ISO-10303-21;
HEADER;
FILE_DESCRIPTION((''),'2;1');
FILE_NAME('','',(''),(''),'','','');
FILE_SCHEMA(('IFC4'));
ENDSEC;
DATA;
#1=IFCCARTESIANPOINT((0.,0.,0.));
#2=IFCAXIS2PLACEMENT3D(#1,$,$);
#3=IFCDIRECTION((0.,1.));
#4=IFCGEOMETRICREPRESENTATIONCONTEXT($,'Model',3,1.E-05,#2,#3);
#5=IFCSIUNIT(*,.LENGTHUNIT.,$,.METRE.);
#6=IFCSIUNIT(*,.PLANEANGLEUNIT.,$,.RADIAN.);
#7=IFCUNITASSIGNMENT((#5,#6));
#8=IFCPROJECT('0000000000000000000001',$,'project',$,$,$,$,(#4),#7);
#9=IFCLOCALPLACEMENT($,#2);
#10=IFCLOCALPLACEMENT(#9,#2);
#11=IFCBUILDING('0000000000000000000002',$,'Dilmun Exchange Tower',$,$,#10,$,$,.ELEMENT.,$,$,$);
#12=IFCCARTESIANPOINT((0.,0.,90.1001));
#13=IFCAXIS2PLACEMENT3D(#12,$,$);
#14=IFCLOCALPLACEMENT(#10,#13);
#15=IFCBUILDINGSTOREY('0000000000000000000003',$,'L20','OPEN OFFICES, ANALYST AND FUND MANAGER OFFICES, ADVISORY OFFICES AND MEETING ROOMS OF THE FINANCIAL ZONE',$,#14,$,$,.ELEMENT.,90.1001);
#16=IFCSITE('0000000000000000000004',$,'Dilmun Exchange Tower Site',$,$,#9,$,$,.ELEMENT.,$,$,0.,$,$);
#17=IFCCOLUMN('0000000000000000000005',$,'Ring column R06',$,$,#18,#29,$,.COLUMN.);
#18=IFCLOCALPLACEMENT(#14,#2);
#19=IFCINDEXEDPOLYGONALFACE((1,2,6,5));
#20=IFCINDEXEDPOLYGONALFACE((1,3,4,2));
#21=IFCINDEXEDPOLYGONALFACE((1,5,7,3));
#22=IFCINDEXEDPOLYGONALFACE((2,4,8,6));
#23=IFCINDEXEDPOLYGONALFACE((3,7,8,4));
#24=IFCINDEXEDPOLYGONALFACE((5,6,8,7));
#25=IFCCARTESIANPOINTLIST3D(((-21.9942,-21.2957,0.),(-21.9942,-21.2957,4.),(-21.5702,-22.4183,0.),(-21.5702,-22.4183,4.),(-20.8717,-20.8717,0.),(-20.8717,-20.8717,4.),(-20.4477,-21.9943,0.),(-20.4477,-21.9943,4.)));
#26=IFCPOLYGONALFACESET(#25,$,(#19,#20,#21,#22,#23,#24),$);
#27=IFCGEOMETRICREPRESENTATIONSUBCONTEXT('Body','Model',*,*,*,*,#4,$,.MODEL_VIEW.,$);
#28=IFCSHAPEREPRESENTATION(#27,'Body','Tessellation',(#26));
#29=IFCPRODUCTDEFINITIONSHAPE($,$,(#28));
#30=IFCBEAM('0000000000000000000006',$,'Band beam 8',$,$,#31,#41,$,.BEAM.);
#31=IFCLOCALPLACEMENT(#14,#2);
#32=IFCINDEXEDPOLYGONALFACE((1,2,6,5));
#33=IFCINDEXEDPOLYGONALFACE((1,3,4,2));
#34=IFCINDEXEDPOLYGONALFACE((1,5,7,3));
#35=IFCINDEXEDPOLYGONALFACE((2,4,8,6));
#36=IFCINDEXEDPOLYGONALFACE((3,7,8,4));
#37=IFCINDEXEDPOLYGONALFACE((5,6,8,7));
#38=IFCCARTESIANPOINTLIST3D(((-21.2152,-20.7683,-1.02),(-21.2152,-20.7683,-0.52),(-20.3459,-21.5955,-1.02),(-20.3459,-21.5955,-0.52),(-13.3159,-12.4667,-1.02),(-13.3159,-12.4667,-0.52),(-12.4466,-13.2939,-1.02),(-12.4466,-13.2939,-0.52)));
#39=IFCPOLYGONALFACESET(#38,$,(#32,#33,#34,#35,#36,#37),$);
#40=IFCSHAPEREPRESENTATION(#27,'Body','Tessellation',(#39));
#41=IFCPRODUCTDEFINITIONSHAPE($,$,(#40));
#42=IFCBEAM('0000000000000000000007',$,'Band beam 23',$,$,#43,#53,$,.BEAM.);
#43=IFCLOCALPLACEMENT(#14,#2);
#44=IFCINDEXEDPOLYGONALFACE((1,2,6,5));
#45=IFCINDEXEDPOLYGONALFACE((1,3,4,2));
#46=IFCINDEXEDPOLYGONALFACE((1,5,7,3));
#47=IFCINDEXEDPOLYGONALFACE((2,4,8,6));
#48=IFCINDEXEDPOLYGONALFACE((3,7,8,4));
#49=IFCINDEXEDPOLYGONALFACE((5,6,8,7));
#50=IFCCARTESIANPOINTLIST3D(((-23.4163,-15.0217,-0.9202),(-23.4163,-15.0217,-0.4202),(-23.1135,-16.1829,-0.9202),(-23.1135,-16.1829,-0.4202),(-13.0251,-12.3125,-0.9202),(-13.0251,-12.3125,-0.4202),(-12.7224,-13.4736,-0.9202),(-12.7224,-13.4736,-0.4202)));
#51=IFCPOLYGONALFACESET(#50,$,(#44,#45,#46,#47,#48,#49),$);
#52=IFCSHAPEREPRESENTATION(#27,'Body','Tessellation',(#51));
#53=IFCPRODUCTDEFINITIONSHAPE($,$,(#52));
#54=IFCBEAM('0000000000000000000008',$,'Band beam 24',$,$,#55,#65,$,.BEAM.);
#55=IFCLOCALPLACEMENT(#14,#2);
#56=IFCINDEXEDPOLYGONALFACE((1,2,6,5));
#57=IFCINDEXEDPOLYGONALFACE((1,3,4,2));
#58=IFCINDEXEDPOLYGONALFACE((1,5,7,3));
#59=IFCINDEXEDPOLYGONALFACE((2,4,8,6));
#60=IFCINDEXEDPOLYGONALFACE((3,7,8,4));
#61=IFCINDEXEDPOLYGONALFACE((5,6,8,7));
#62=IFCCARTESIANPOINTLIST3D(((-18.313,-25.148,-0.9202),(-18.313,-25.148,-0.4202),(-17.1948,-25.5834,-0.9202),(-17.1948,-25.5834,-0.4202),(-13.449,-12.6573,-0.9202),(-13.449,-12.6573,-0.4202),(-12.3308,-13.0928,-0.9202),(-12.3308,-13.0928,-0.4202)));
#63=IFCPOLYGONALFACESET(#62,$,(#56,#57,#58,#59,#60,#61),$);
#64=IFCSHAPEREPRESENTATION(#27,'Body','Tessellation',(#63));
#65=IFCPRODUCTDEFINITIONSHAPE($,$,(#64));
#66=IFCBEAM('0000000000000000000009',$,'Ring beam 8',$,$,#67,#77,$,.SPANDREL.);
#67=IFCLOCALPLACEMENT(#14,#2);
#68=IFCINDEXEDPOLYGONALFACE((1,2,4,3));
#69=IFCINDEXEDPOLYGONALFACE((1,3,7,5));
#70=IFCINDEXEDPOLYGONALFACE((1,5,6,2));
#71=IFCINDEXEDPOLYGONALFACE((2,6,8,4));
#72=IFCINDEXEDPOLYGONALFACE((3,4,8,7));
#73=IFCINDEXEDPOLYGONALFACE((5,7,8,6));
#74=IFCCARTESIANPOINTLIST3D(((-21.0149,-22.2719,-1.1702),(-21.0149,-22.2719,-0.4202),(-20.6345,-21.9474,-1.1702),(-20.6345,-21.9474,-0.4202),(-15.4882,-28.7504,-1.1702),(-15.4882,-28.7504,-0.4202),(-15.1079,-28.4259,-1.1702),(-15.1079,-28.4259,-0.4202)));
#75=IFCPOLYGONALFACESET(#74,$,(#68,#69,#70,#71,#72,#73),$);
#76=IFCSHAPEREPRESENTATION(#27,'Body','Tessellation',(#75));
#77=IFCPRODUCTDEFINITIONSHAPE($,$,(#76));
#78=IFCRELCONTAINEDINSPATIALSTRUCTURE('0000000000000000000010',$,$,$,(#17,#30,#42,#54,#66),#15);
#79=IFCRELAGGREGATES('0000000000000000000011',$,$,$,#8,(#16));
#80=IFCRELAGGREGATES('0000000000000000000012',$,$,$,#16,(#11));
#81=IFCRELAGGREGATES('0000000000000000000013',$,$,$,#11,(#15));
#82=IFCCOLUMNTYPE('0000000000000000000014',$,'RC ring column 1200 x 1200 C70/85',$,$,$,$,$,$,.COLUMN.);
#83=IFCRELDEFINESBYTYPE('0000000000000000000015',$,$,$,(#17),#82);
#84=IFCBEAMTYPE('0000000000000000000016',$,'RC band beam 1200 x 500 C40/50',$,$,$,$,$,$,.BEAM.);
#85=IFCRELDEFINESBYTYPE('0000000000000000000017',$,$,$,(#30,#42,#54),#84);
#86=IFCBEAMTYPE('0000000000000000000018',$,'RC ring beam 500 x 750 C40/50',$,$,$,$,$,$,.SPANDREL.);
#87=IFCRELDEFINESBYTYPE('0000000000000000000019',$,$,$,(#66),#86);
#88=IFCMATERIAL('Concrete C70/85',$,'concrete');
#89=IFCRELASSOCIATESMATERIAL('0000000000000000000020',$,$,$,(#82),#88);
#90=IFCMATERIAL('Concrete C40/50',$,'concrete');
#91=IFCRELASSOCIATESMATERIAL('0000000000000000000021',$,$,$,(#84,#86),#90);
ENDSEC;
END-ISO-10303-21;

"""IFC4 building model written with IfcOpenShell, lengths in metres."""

from ifc_helpers import new_model, si_unit, direction, frame, origin, origin_2d, place, context, subcontext, project, spatial, rectangle, extrude, material, material_profile, profile_set, type_object, element, save


model = new_model("IFC4")

# Units and contexts
model_context = context("Model", 3, precision=1e-05, world=origin(), true_north=direction((0.0, 1.0)))
body_context = subcontext(model_context, "Body", "Model", "MODEL_VIEW")
ifc_project = project(units=[si_unit("LENGTHUNIT", "METRE"), si_unit("PLANEANGLEUNIT", "RADIAN")], contexts=[model_context])

# Site, building, storey
site_placement = place(None, origin())
site = spatial("IfcSite", under=ifc_project, at=site_placement, Name="Dilmun Exchange Tower Site", CompositionType="ELEMENT", RefElevation=0.0)
building_placement = place(site_placement, origin())
building = spatial("IfcBuilding", under=site, at=building_placement, Name="Dilmun Exchange Tower", CompositionType="ELEMENT")
storey_placement = place(building_placement, frame((0.0, 0.0, 90.1001)))
storey = spatial("IfcBuildingStorey", under=building, at=storey_placement, Name="L20", Description="OPEN OFFICES, ANALYST AND FUND MANAGER OFFICES, ADVISORY OFFICES AND MEETING ROOMS OF THE FINANCIAL ZONE", CompositionType="ELEMENT", Elevation=90.1001)

# Column
ifc_material_1 = material(Name="Concrete C70/85", Category="concrete")
ifc_material_profile_1 = material_profile(ifc_material_1, rectangle(XDim=1.2, YDim=1.2, at=origin_2d()), Name="1200 x 1200")
ifc_profile_set_1 = profile_set([ifc_material_profile_1], Name="Concrete C70/85")
column_type = type_object("IfcColumnType", Name="RC ring column 1200 x 1200 C70/85", PredefinedType="COLUMN", material=ifc_profile_set_1)
column_placement = place(storey_placement, frame((-21.2209, -21.645, 0.0), z_axis=(0.0, 0.0, 1.0), x_axis=(0.935492, 0.353349, 0.0)))
element("IfcColumn", 1, at=column_placement, inside=storey, type_object=column_type, Name="Ring column R06", PredefinedType="COLUMN", context=body_context, shape_type="SweptSolid", body=[
    extrude(rectangle(XDim=1.2, YDim=1.2, at=origin_2d()), origin(), (0.0, 0.0, 1.0), 4.0),
])

# Beams
ifc_material_2 = material(Name="Concrete C40/50", Category="concrete")
ifc_material_profile_2 = material_profile(ifc_material_2, rectangle(XDim=1.2, YDim=0.5, at=origin_2d()), Name="1200 x 500")
ifc_profile_set_2 = profile_set([ifc_material_profile_2], Name="Concrete C40/50")
beam_type_1 = type_object("IfcBeamType", Name="RC band beam 1200 x 500 C40/50", PredefinedType="BEAM", material=ifc_profile_set_2)
beam_1_placement = place(storey_placement, frame((-20.7805, -21.1819, -0.77), z_axis=(0.689333, 0.724444, 0.0), x_axis=(-0.724444, 0.689333, 0.0)))
element("IfcBeam", 2, at=beam_1_placement, inside=storey, type_object=beam_type_1, Name="Band beam 8", PredefinedType="BEAM", context=body_context, shape_type="SweptSolid", body=[
    extrude(rectangle(XDim=1.2, YDim=0.5, at=origin_2d()), origin(), (0.0, 0.0, 1.0), 11.4592),
])
beam_2_placement = place(storey_placement, frame((-23.2649, -15.6023, -0.6702), z_axis=(0.967651, 0.252291, 0.0), x_axis=(-0.252291, 0.967651, 0.0)))
element("IfcBeam", 3, at=beam_2_placement, inside=storey, type_object=beam_type_1, Name="Band beam 23", PredefinedType="BEAM", context=body_context, shape_type="SweptSolid", body=[
    extrude(rectangle(XDim=1.2, YDim=0.5, at=origin_2d()), origin(), (0.0, 0.0, 1.0), 10.7385),
])
beam_3_placement = place(storey_placement, frame((-17.7539, -25.3657, -0.6702), z_axis=(0.362868, 0.931841, 0.0), x_axis=(-0.931841, 0.362868, 0.0)))
element("IfcBeam", 4, at=beam_3_placement, inside=storey, type_object=beam_type_1, Name="Band beam 24", PredefinedType="BEAM", context=body_context, shape_type="SweptSolid", body=[
    extrude(rectangle(XDim=1.2, YDim=0.5, at=origin_2d()), origin(), (0.0, 0.0, 1.0), 13.4043),
])
ifc_material_profile_3 = material_profile(ifc_material_2, rectangle(XDim=0.5, YDim=0.75, at=origin_2d()), Name="500 x 750")
ifc_profile_set_3 = profile_set([ifc_material_profile_3], Name="Concrete C40/50")
beam_type_2 = type_object("IfcBeamType", Name="RC ring beam 500 x 750 C40/50", PredefinedType="SPANDREL", material=ifc_profile_set_3)
beam_4_placement = place(storey_placement, frame((-20.8247, -22.1096, -0.7952), z_axis=(0.649002, -0.760786, 0.0), x_axis=(0.760786, 0.649002, 0.0)))
element("IfcBeam", 5, at=beam_4_placement, inside=storey, type_object=beam_type_2, Name="Ring beam 8", PredefinedType="SPANDREL", context=body_context, shape_type="SweptSolid", body=[
    extrude(rectangle(XDim=0.5, YDim=0.75, at=origin_2d()), origin(), (0.0, 0.0, 1.0), 8.5156),
])

save(model, "model.ifc")
